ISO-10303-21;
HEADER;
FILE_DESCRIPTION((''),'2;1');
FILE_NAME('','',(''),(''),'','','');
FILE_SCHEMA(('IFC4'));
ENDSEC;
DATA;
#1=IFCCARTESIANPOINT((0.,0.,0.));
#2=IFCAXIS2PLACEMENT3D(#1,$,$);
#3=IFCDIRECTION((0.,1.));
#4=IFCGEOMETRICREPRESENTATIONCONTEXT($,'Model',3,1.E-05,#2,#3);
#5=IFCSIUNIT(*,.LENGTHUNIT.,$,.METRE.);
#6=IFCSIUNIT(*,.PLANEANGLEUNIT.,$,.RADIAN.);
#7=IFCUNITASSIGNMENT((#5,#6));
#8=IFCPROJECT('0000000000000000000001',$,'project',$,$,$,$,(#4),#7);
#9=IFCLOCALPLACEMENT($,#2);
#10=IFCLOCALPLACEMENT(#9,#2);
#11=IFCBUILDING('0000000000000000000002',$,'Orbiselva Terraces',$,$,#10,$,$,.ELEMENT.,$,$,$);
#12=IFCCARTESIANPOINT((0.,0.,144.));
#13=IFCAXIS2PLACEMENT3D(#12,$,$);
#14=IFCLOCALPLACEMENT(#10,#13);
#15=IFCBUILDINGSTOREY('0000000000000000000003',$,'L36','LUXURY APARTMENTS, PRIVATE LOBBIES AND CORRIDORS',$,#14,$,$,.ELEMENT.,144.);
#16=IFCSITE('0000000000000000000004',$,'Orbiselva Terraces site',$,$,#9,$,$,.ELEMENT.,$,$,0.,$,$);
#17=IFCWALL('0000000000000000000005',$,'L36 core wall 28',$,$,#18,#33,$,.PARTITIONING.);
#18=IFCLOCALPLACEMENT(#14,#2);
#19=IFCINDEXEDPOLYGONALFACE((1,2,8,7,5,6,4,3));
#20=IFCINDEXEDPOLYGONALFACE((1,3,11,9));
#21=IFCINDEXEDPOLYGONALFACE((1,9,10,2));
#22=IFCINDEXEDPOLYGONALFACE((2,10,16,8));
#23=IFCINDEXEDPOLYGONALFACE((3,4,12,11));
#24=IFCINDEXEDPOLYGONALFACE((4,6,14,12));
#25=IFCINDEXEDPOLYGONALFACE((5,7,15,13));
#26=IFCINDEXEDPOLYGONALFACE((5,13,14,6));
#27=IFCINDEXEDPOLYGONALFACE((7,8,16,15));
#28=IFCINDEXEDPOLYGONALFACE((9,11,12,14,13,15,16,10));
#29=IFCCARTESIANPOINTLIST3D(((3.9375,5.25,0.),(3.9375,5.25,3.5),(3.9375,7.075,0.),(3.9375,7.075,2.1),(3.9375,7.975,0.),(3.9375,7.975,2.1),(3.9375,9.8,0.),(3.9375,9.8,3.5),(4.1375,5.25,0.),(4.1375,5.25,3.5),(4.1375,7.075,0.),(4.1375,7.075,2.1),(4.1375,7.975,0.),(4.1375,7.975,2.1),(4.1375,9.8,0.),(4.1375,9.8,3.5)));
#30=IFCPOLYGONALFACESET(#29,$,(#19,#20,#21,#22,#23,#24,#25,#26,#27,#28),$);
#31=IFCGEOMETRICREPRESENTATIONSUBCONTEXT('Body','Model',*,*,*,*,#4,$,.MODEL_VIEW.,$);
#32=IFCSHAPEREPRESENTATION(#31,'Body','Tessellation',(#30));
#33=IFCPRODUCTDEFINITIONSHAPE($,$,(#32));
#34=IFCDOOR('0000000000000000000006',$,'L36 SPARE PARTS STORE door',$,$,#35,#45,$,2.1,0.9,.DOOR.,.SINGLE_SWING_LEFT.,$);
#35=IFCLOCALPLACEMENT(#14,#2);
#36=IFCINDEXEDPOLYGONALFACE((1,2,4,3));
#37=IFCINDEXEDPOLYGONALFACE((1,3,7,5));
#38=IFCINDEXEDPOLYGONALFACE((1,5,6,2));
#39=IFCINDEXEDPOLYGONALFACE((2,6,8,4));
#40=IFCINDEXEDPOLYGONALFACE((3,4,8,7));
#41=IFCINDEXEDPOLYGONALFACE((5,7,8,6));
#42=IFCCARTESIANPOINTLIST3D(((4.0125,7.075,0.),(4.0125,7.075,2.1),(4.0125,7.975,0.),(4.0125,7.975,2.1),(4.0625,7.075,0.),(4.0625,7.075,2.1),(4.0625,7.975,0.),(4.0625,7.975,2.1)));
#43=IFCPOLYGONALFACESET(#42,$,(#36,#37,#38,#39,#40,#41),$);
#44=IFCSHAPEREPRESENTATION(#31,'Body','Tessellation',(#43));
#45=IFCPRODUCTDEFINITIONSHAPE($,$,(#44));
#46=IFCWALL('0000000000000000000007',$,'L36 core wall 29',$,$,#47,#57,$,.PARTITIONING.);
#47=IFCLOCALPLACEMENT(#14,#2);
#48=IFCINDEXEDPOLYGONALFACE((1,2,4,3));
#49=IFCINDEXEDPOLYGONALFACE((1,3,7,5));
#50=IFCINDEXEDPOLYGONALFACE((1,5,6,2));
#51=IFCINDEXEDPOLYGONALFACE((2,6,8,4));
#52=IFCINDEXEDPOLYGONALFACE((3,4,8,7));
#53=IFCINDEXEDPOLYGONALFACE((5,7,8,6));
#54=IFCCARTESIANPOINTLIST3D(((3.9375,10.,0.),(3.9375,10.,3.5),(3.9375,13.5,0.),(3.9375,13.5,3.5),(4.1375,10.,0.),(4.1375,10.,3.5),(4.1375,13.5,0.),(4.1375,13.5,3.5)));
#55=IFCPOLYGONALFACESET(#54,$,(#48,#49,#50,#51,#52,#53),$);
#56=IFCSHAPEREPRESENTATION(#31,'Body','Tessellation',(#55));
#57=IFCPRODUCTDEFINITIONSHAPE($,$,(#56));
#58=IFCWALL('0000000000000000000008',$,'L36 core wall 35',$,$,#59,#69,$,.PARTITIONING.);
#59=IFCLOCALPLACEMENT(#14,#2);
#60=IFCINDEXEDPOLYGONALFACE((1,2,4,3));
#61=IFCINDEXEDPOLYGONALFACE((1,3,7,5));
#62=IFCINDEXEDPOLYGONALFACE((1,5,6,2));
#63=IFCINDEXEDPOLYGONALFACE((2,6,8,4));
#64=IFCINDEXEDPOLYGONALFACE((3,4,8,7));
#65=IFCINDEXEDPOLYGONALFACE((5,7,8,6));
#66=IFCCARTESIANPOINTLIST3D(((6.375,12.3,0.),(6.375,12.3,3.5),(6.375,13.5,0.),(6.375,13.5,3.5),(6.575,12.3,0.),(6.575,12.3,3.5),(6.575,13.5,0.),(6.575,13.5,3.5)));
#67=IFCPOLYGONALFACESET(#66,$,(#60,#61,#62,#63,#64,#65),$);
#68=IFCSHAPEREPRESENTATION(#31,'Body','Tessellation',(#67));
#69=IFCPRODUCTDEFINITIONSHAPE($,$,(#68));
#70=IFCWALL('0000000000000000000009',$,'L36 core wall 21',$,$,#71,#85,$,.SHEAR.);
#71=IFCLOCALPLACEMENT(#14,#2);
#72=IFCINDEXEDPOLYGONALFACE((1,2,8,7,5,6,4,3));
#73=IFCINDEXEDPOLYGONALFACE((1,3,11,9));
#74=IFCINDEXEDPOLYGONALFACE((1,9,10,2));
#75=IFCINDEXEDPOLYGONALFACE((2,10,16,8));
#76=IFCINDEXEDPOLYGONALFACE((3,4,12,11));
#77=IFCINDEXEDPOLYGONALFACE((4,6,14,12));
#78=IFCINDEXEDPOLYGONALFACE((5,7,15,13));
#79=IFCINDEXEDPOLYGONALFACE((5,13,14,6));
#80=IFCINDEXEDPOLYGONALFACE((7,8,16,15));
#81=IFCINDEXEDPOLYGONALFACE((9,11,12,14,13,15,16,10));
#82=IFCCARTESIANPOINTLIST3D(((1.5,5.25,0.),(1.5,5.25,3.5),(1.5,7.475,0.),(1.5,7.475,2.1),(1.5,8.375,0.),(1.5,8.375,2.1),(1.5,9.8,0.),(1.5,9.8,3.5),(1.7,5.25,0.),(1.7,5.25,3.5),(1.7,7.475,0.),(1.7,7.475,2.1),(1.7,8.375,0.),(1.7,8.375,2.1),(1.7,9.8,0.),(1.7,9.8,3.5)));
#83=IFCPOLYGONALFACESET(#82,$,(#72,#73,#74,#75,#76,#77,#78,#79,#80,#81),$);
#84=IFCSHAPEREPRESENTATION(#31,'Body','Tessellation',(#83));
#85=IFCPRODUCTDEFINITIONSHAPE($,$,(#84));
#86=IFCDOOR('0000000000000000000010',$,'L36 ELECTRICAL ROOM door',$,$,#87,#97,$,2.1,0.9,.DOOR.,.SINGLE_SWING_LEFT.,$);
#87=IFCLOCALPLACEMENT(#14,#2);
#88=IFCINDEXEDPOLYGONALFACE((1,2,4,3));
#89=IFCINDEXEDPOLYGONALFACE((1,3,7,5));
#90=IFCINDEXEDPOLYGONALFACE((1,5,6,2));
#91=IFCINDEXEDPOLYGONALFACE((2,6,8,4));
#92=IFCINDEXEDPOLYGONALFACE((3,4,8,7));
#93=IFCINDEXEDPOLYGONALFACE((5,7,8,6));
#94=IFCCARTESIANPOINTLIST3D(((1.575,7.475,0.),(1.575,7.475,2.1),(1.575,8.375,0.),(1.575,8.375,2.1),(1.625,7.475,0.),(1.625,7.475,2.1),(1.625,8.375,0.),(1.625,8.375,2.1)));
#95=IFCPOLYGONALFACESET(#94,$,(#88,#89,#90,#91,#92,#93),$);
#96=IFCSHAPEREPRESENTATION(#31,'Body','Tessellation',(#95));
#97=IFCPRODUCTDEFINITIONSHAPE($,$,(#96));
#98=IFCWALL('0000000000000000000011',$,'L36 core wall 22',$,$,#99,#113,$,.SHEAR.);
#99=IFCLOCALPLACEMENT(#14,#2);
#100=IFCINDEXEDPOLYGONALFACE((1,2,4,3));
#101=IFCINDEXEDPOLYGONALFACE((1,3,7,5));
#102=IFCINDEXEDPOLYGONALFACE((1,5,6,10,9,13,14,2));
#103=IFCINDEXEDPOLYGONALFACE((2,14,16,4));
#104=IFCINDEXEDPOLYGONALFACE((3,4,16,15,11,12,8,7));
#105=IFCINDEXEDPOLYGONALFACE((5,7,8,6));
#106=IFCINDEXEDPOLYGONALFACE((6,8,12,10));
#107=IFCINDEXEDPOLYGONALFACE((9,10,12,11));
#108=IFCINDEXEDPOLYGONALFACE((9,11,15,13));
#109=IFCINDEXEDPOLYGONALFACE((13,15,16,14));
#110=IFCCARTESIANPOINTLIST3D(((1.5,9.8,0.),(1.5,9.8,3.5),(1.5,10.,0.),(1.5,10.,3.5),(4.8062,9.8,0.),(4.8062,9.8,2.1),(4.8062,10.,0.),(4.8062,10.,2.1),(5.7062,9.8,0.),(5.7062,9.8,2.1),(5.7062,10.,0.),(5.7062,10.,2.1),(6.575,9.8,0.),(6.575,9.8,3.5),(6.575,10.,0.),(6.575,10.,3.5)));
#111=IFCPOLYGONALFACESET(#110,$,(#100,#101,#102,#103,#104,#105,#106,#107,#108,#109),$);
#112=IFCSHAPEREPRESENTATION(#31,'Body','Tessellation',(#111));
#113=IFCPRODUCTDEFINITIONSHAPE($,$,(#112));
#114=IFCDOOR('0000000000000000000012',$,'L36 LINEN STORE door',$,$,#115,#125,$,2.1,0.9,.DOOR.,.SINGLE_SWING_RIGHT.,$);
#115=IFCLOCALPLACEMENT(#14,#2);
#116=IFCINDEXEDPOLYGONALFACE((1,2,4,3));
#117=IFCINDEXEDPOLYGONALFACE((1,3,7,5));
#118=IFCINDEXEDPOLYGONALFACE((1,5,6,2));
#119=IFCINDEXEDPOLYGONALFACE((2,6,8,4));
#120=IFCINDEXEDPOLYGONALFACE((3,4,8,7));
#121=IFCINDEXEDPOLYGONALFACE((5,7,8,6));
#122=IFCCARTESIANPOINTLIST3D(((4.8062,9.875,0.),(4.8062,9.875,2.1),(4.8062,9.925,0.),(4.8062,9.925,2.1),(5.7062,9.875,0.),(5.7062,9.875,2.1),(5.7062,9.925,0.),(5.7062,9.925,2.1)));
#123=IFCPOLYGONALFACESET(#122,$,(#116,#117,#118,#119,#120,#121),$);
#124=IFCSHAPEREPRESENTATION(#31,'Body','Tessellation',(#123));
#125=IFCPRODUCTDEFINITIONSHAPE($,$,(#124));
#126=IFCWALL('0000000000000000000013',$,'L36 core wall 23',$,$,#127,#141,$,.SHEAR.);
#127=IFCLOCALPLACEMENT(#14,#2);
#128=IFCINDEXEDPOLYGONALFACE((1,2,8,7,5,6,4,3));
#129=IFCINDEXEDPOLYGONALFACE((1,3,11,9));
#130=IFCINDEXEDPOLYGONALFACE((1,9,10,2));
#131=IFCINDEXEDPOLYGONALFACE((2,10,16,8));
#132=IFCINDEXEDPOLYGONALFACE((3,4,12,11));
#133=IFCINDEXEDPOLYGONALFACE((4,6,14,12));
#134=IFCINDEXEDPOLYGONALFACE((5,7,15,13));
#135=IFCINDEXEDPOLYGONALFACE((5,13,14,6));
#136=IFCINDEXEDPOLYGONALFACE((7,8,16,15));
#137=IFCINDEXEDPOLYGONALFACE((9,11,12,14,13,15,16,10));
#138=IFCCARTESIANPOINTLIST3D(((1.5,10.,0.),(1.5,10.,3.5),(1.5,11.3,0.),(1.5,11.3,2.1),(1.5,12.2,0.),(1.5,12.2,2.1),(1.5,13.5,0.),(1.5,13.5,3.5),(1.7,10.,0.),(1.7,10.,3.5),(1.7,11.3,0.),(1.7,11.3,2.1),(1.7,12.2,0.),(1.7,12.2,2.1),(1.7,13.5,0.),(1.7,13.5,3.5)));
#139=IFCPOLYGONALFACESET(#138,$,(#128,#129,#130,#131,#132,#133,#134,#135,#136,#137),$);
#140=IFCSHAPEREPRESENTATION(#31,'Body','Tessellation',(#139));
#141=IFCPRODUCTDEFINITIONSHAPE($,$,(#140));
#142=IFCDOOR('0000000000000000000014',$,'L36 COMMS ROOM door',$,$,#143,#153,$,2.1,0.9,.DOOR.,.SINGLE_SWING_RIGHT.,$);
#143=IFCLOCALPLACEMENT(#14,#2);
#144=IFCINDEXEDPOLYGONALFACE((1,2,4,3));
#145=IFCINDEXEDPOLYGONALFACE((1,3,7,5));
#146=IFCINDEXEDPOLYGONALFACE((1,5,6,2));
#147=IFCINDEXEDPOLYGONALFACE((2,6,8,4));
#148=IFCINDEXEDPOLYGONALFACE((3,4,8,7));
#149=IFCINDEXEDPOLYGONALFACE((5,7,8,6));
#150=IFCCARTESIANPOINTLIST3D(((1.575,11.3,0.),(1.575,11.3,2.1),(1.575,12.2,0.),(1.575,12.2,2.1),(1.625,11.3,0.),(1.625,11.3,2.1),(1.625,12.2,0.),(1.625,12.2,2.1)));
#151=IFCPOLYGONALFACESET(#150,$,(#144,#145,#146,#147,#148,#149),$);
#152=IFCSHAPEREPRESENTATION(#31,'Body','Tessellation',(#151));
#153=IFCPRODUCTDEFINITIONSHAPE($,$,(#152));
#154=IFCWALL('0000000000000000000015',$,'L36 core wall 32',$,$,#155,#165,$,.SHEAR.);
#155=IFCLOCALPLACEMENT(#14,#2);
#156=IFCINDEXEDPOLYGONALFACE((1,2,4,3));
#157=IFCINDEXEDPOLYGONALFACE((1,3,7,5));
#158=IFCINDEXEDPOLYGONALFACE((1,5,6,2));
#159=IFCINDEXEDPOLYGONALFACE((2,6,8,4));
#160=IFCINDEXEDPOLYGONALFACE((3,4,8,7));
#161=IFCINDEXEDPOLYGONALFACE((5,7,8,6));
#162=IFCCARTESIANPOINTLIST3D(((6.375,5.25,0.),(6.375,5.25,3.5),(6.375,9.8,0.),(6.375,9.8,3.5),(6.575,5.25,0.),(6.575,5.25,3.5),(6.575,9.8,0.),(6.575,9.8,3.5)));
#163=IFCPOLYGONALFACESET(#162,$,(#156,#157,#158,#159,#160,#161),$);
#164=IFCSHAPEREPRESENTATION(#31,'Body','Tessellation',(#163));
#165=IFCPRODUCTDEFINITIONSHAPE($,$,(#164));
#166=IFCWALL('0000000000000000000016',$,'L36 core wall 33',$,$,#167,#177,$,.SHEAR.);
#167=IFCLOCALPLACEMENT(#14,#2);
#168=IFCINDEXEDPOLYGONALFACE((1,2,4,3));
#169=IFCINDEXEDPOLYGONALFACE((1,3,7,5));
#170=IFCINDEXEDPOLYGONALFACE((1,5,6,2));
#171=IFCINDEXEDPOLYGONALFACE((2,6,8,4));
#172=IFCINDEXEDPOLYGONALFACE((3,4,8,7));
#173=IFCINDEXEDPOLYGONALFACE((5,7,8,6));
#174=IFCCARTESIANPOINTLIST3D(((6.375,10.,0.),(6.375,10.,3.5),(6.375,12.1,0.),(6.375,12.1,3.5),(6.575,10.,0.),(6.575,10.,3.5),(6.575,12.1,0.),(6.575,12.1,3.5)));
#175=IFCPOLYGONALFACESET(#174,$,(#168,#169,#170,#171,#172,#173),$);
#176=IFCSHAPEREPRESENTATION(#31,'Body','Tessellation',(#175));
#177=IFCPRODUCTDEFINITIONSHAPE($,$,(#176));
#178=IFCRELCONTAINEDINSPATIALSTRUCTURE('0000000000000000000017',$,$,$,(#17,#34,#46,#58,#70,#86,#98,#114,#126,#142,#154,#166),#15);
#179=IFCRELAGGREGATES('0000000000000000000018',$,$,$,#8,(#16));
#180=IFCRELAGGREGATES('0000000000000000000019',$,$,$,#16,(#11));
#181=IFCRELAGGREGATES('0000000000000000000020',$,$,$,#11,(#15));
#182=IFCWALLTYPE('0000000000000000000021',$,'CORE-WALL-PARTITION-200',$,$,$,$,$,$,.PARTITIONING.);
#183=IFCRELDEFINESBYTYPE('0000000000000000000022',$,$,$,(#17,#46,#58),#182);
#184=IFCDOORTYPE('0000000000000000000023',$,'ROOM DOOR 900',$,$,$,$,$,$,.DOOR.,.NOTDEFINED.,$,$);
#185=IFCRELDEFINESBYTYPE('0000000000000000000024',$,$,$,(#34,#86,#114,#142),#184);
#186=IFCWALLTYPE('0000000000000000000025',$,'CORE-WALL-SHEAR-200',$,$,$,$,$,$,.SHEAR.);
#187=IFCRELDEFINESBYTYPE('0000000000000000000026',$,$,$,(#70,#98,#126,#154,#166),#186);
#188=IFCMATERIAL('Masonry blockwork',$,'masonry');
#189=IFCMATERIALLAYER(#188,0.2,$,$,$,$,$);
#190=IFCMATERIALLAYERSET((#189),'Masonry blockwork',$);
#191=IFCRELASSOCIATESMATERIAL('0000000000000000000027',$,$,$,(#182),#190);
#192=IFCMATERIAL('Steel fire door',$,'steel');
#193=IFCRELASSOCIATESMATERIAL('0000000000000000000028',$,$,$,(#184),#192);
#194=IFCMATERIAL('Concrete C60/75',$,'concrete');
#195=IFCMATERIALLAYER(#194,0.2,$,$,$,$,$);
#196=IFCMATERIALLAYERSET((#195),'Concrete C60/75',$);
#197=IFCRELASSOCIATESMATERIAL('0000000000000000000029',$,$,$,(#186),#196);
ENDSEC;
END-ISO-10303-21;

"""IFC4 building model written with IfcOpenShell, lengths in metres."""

from ifc_helpers import new_model, si_unit, direction, frame, frame_2d, origin, place, context, subcontext, project, spatial, rectangle, extrude, material, layer, layer_set, type_object, element, fill, save


model = new_model("IFC4")

# Units and contexts
model_context = context("Model", 3, precision=1e-05, world=origin(), true_north=direction((0.0, 1.0)))
body_context = subcontext(model_context, "Body", "Model", "MODEL_VIEW")
ifc_project = project(units=[si_unit("LENGTHUNIT", "METRE"), si_unit("PLANEANGLEUNIT", "RADIAN")], contexts=[model_context])

# Site, building, storey
site_placement = place(None, origin())
site = spatial("IfcSite", under=ifc_project, at=site_placement, Name="Orbiselva Terraces site", CompositionType="ELEMENT", RefElevation=0.0)
building_placement = place(site_placement, origin())
building = spatial("IfcBuilding", under=site, at=building_placement, Name="Orbiselva Terraces", CompositionType="ELEMENT")
storey_placement = place(building_placement, frame((0.0, 0.0, 144.0)))
storey = spatial("IfcBuildingStorey", under=building, at=storey_placement, Name="L36", Description="LUXURY APARTMENTS, PRIVATE LOBBIES AND CORRIDORS", CompositionType="ELEMENT", Elevation=144.0)

# Wall, opening, door
ifc_material_1 = material(Name="Masonry blockwork", Category="masonry")
ifc_layer_1 = layer(ifc_material_1, 0.2)
ifc_layer_set_1 = layer_set([ifc_layer_1], Name="Masonry blockwork")
wall_type_1 = type_object("IfcWallType", Name="CORE-WALL-PARTITION-200", PredefinedType="PARTITIONING", material=ifc_layer_set_1)
wall_1_placement = place(storey_placement, frame((4.0375, 9.8, 0.0), z_axis=(0.0, 0.0, 1.0), x_axis=(0.0, -1.0, 0.0)))
wall_1 = element("IfcWall", 1, at=wall_1_placement, inside=storey, type_object=wall_type_1, Name="L36 core wall 28", PredefinedType="PARTITIONING", context=body_context, shape_type="SweptSolid", body=[
    extrude(rectangle(XDim=4.55, YDim=0.2, at=frame_2d((2.275, 0.0))), origin(), (0.0, 0.0, 1.0), 3.5),
])
opening_1_placement = place(wall_1_placement, frame((1.825, 0.0, 0.0)))
opening_1 = element("IfcOpeningElement", 2, at=opening_1_placement, cuts=wall_1, PredefinedType="OPENING", context=body_context, shape_type="SweptSolid", body=[
    extrude(rectangle(XDim=0.9, YDim=2.1, at=frame_2d((0.45, 1.05))), frame((0.0, 0.11, 0.0), z_axis=(0.0, -1.0, 0.0), x_axis=(1.0, 0.0, 0.0)), (0.0, 0.0, 1.0), 0.22),
])
ifc_material_2 = material(Name="Steel fire door", Category="steel")
door_type_1 = type_object("IfcDoorType", Name="ROOM DOOR 900", OperationType="NOTDEFINED", PredefinedType="DOOR", material=ifc_material_2)
door_1_placement = place(opening_1_placement, origin())
door_1 = element("IfcDoor", 3, at=door_1_placement, inside=storey, type_object=door_type_1, Name="L36 SPARE PARTS STORE door", OperationType="SINGLE_SWING_LEFT", OverallHeight=2.1, OverallWidth=0.9, PredefinedType="DOOR", context=body_context, shape_type="SweptSolid", body=[
    extrude(rectangle(XDim=0.9, YDim=2.1, at=frame_2d((0.45, 1.05))), frame((0.0, 0.025, 0.0), z_axis=(0.0, -1.0, 0.0), x_axis=(1.0, 0.0, 0.0)), (0.0, 0.0, 1.0), 0.05),
])
fill(opening_1, door_1)

# Walls
wall_2_placement = place(storey_placement, frame((4.0375, 10.0, 0.0), z_axis=(0.0, 0.0, 1.0), x_axis=(0.0, 1.0, 0.0)))
element("IfcWall", 4, at=wall_2_placement, inside=storey, type_object=wall_type_1, Name="L36 core wall 29", PredefinedType="PARTITIONING", context=body_context, shape_type="SweptSolid", body=[
    extrude(rectangle(XDim=3.5, YDim=0.2, at=frame_2d((1.75, 0.0))), origin(), (0.0, 0.0, 1.0), 3.5),
])
wall_3_placement = place(storey_placement, frame((6.475, 12.3, 0.0), z_axis=(0.0, 0.0, 1.0), x_axis=(0.0, 1.0, 0.0)))
element("IfcWall", 5, at=wall_3_placement, inside=storey, type_object=wall_type_1, Name="L36 core wall 35", PredefinedType="PARTITIONING", context=body_context, shape_type="SweptSolid", body=[
    extrude(rectangle(XDim=1.2, YDim=0.2, at=frame_2d((0.6, 0.0))), origin(), (0.0, 0.0, 1.0), 3.5),
])

# Walls, openings, doors
ifc_material_3 = material(Name="Concrete C60/75", Category="concrete")
ifc_layer_2 = layer(ifc_material_3, 0.2)
ifc_layer_set_2 = layer_set([ifc_layer_2], Name="Concrete C60/75")
wall_type_2 = type_object("IfcWallType", Name="CORE-WALL-SHEAR-200", PredefinedType="SHEAR", material=ifc_layer_set_2)
wall_4_placement = place(storey_placement, frame((1.6, 9.8, 0.0), z_axis=(0.0, 0.0, 1.0), x_axis=(0.0, -1.0, 0.0)))
wall_4 = element("IfcWall", 6, at=wall_4_placement, inside=storey, type_object=wall_type_2, Name="L36 core wall 21", PredefinedType="SHEAR", context=body_context, shape_type="SweptSolid", body=[
    extrude(rectangle(XDim=4.55, YDim=0.2, at=frame_2d((2.275, 0.0))), origin(), (0.0, 0.0, 1.0), 3.5),
])
opening_2_placement = place(wall_4_placement, frame((1.425, 0.0, 0.0)))
opening_2 = element("IfcOpeningElement", 7, at=opening_2_placement, cuts=wall_4, PredefinedType="OPENING", context=body_context, shape_type="SweptSolid", body=[
    extrude(rectangle(XDim=0.9, YDim=2.1, at=frame_2d((0.45, 1.05))), frame((0.0, 0.11, 0.0), z_axis=(0.0, -1.0, 0.0), x_axis=(1.0, 0.0, 0.0)), (0.0, 0.0, 1.0), 0.22),
])
door_2_placement = place(opening_2_placement, origin())
door_2 = element("IfcDoor", 8, at=door_2_placement, inside=storey, type_object=door_type_1, Name="L36 ELECTRICAL ROOM door", OperationType="SINGLE_SWING_LEFT", OverallHeight=2.1, OverallWidth=0.9, PredefinedType="DOOR", context=body_context, shape_type="SweptSolid", body=[
    extrude(rectangle(XDim=0.9, YDim=2.1, at=frame_2d((0.45, 1.05))), frame((0.0, 0.025, 0.0), z_axis=(0.0, -1.0, 0.0), x_axis=(1.0, 0.0, 0.0)), (0.0, 0.0, 1.0), 0.05),
])
fill(opening_2, door_2)
wall_5_placement = place(storey_placement, frame((1.5, 9.9, 0.0), z_axis=(0.0, 0.0, 1.0), x_axis=(1.0, 0.0, 0.0)))
wall_5 = element("IfcWall", 9, at=wall_5_placement, inside=storey, type_object=wall_type_2, Name="L36 core wall 22", PredefinedType="SHEAR", context=body_context, shape_type="SweptSolid", body=[
    extrude(rectangle(XDim=5.075, YDim=0.2, at=frame_2d((2.5375, 0.0))), origin(), (0.0, 0.0, 1.0), 3.5),
])
opening_3_placement = place(wall_5_placement, frame((3.3062, 0.0, 0.0)))
opening_3 = element("IfcOpeningElement", 10, at=opening_3_placement, cuts=wall_5, PredefinedType="OPENING", context=body_context, shape_type="SweptSolid", body=[
    extrude(rectangle(XDim=0.9, YDim=2.1, at=frame_2d((0.45, 1.05))), frame((0.0, 0.11, 0.0), z_axis=(0.0, -1.0, 0.0), x_axis=(1.0, 0.0, 0.0)), (0.0, 0.0, 1.0), 0.22),
])
door_3_placement = place(opening_3_placement, origin())
door_3 = element("IfcDoor", 11, at=door_3_placement, inside=storey, type_object=door_type_1, Name="L36 LINEN STORE door", OperationType="SINGLE_SWING_RIGHT", OverallHeight=2.1, OverallWidth=0.9, PredefinedType="DOOR", context=body_context, shape_type="SweptSolid", body=[
    extrude(rectangle(XDim=0.9, YDim=2.1, at=frame_2d((0.45, 1.05))), frame((0.0, 0.025, 0.0), z_axis=(0.0, -1.0, 0.0), x_axis=(1.0, 0.0, 0.0)), (0.0, 0.0, 1.0), 0.05),
])
fill(opening_3, door_3)
wall_6_placement = place(storey_placement, frame((1.6, 13.5, 0.0), z_axis=(0.0, 0.0, 1.0), x_axis=(0.0, -1.0, 0.0)))
wall_6 = element("IfcWall", 12, at=wall_6_placement, inside=storey, type_object=wall_type_2, Name="L36 core wall 23", PredefinedType="SHEAR", context=body_context, shape_type="SweptSolid", body=[
    extrude(rectangle(XDim=3.5, YDim=0.2, at=frame_2d((1.75, 0.0))), origin(), (0.0, 0.0, 1.0), 3.5),
])
opening_4_placement = place(wall_6_placement, frame((1.3, 0.0, 0.0)))
opening_4 = element("IfcOpeningElement", 13, at=opening_4_placement, cuts=wall_6, PredefinedType="OPENING", context=body_context, shape_type="SweptSolid", body=[
    extrude(rectangle(XDim=0.9, YDim=2.1, at=frame_2d((0.45, 1.05))), frame((0.0, 0.11, 0.0), z_axis=(0.0, -1.0, 0.0), x_axis=(1.0, 0.0, 0.0)), (0.0, 0.0, 1.0), 0.22),
])
door_4_placement = place(opening_4_placement, origin())
door_4 = element("IfcDoor", 14, at=door_4_placement, inside=storey, type_object=door_type_1, Name="L36 COMMS ROOM door", OperationType="SINGLE_SWING_RIGHT", OverallHeight=2.1, OverallWidth=0.9, PredefinedType="DOOR", context=body_context, shape_type="SweptSolid", body=[
    extrude(rectangle(XDim=0.9, YDim=2.1, at=frame_2d((0.45, 1.05))), frame((0.0, 0.025, 0.0), z_axis=(0.0, -1.0, 0.0), x_axis=(1.0, 0.0, 0.0)), (0.0, 0.0, 1.0), 0.05),
])
fill(opening_4, door_4)

# Walls
wall_7_placement = place(storey_placement, frame((6.475, 5.25, 0.0), z_axis=(0.0, 0.0, 1.0), x_axis=(0.0, 1.0, 0.0)))
element("IfcWall", 15, at=wall_7_placement, inside=storey, type_object=wall_type_2, Name="L36 core wall 32", PredefinedType="SHEAR", context=body_context, shape_type="SweptSolid", body=[
    extrude(rectangle(XDim=4.55, YDim=0.2, at=frame_2d((2.275, 0.0))), origin(), (0.0, 0.0, 1.0), 3.5),
])
wall_8_placement = place(storey_placement, frame((6.475, 10.0, 0.0), z_axis=(0.0, 0.0, 1.0), x_axis=(0.0, 1.0, 0.0)))
element("IfcWall", 16, at=wall_8_placement, inside=storey, type_object=wall_type_2, Name="L36 core wall 33", PredefinedType="SHEAR", context=body_context, shape_type="SweptSolid", body=[
    extrude(rectangle(XDim=2.1, YDim=0.2, at=frame_2d((1.05, 0.0))), origin(), (0.0, 0.0, 1.0), 3.5),
])

save(model, "model.ifc")
